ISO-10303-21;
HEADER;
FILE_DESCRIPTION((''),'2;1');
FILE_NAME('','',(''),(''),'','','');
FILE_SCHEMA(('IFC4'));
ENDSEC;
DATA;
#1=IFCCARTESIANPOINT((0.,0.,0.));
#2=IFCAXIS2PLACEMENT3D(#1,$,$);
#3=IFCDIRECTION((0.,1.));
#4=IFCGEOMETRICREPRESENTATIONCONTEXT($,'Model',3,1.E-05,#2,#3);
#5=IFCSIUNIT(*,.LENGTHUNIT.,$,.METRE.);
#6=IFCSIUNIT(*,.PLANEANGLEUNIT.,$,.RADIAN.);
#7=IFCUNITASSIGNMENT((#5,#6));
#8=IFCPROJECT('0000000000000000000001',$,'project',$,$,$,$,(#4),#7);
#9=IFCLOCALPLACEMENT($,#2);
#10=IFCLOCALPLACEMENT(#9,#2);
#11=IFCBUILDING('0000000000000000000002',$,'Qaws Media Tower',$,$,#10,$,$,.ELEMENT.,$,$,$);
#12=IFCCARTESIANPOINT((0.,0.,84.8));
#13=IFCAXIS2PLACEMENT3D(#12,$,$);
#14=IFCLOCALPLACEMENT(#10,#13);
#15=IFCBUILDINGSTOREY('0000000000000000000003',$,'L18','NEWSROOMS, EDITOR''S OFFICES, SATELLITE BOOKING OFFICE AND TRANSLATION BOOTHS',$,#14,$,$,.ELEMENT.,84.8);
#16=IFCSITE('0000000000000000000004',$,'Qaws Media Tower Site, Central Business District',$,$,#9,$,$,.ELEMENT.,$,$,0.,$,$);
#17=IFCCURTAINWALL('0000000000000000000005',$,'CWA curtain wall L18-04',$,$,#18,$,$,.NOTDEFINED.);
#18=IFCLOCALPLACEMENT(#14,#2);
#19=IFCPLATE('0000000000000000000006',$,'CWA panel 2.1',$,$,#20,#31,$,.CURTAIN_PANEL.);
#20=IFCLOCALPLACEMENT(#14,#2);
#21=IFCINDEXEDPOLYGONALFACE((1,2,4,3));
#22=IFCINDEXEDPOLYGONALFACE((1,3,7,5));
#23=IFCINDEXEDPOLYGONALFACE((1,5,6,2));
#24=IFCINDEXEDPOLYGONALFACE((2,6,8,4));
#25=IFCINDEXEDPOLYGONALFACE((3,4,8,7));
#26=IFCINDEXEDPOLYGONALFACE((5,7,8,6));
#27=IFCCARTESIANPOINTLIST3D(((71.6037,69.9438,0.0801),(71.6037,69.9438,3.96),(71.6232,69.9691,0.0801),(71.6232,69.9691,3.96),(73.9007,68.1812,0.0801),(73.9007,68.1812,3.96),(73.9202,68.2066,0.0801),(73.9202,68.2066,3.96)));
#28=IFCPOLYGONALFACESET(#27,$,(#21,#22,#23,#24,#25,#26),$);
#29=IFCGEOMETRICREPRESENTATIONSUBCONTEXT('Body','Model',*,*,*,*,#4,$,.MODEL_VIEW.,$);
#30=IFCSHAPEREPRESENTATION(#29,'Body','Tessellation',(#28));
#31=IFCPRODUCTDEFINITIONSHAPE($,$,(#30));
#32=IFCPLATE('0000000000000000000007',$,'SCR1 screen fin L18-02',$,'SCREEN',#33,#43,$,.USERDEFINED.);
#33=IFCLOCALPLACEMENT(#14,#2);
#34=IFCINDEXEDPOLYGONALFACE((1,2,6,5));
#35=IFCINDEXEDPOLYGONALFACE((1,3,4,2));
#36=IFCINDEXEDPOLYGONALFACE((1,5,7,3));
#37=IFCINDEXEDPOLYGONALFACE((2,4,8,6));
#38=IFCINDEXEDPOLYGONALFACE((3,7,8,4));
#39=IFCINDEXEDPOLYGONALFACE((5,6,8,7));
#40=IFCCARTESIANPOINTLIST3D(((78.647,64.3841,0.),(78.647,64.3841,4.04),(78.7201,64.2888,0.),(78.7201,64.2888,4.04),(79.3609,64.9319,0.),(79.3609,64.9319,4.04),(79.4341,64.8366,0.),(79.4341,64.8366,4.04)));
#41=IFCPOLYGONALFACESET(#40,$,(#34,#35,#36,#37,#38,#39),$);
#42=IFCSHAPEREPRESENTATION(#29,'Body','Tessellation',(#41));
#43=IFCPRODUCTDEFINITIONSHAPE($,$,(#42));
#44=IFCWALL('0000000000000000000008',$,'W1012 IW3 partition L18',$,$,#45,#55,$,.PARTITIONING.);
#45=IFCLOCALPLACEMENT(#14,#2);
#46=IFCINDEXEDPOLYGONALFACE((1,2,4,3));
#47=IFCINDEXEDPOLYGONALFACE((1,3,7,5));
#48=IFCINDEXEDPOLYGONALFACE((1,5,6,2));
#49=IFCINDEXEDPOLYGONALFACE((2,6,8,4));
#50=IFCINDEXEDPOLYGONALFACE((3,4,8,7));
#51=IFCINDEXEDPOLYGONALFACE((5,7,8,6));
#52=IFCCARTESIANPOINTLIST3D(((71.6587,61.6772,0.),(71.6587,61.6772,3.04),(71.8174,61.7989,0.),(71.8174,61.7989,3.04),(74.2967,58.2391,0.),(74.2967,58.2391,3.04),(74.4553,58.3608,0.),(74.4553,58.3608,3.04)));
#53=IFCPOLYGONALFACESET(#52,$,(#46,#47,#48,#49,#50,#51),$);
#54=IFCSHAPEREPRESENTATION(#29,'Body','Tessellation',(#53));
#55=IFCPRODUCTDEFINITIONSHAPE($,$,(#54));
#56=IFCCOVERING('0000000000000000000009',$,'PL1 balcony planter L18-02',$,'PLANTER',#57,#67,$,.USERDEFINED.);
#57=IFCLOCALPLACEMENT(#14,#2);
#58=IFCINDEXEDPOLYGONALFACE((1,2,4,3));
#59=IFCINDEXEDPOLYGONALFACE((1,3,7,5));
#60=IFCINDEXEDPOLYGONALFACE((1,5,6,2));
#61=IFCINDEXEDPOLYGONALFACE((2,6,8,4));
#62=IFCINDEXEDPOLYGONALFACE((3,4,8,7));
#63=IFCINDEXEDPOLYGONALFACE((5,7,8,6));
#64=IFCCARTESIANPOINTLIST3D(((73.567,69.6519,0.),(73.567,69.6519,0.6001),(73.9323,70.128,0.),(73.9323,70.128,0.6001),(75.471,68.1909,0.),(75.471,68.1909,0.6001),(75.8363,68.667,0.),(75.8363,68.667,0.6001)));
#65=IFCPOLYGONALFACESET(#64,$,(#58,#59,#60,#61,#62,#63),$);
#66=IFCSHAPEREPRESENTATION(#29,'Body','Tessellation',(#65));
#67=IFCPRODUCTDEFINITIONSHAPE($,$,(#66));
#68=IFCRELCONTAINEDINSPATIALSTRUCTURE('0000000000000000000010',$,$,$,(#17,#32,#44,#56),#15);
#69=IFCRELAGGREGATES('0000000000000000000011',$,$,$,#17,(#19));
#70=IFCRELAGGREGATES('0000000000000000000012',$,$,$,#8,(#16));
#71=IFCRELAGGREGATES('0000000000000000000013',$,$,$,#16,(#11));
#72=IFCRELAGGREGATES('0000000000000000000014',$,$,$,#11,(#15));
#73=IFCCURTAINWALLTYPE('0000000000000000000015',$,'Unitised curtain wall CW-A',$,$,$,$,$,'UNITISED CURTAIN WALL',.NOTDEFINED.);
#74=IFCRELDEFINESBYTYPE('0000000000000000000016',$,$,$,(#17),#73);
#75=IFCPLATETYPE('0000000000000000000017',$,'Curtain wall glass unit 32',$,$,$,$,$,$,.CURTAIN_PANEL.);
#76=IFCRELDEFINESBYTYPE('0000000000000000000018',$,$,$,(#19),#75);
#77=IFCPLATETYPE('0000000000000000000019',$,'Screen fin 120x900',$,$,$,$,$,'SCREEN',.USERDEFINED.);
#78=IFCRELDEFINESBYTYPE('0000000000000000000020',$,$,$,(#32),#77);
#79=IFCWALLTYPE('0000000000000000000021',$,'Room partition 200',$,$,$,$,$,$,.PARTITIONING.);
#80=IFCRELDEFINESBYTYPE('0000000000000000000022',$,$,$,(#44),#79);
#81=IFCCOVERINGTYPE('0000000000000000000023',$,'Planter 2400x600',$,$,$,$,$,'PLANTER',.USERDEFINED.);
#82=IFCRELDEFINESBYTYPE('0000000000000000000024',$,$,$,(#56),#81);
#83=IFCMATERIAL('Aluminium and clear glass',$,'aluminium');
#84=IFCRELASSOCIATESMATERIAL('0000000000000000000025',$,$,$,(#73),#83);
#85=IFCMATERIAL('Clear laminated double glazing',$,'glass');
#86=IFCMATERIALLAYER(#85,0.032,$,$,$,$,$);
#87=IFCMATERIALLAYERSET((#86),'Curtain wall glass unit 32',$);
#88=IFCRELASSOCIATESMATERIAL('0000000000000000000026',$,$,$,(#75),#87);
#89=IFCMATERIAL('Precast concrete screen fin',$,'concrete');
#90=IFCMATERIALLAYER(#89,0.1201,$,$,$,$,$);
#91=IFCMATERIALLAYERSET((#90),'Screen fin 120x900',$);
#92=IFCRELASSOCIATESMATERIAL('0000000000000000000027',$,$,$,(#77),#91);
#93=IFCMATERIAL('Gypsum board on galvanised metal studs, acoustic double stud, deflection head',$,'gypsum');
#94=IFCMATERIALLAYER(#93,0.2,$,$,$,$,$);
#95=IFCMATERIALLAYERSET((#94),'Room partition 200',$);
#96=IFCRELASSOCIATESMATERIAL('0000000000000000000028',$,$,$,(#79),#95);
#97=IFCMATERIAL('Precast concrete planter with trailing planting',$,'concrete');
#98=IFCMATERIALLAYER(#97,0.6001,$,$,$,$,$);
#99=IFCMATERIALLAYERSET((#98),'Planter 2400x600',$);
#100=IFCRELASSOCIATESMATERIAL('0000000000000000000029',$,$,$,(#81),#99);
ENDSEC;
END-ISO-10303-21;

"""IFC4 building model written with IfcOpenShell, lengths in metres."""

from ifc_helpers import new_model, si_unit, direction, frame, frame_2d, origin, origin_2d, place, context, subcontext, project, spatial, rectangle, extrude, material, layer, layer_set, type_object, element, aggregate, save


model = new_model("IFC4")

# Units and contexts
model_context = context("Model", 3, precision=1e-05, world=origin(), true_north=direction((0.0, 1.0)))
body_context = subcontext(model_context, "Body", "Model", "MODEL_VIEW")
ifc_project = project(units=[si_unit("LENGTHUNIT", "METRE"), si_unit("PLANEANGLEUNIT", "RADIAN")], contexts=[model_context])

# Site, building, storey
site_placement = place(None, origin())
site = spatial("IfcSite", under=ifc_project, at=site_placement, Name="Qaws Media Tower Site, Central Business District", CompositionType="ELEMENT", RefElevation=0.0)
building_placement = place(site_placement, origin())
building = spatial("IfcBuilding", under=site, at=building_placement, Name="Qaws Media Tower", CompositionType="ELEMENT")
storey_placement = place(building_placement, frame((0.0, 0.0, 84.8)))
storey = spatial("IfcBuildingStorey", under=building, at=storey_placement, Name="L18", Description="NEWSROOMS, EDITOR'S OFFICES, SATELLITE BOOKING OFFICE AND TRANSLATION BOOTHS", CompositionType="ELEMENT", Elevation=84.8)

# Shared definitions
ifc_material_1 = material(Name="Aluminium and clear glass", Category="aluminium")
curtain_wall_type = type_object("IfcCurtainWallType", Name="Unitised curtain wall CW-A", ElementType="UNITISED CURTAIN WALL", PredefinedType="NOTDEFINED", material=ifc_material_1)

# Curtain wall
curtain_wall_1_placement = place(storey_placement, origin())
curtain_wall_1 = element("IfcCurtainWall", 1, at=curtain_wall_1_placement, inside=storey, type_object=curtain_wall_type, Name="CWA curtain wall L18-04", PredefinedType="NOTDEFINED")

# Plates
ifc_material_2 = material(Name="Clear laminated double glazing", Category="glass")
ifc_layer_1 = layer(ifc_material_2, 0.032)
ifc_layer_set_1 = layer_set([ifc_layer_1], Name="Curtain wall glass unit 32")
plate_type_1 = type_object("IfcPlateType", Name="Curtain wall glass unit 32", PredefinedType="CURTAIN_PANEL", material=ifc_layer_set_1)
plate_1_placement = place(storey_placement, frame((72.762, 69.0752, 0.0801), z_axis=(0.0, 0.0, 1.0), x_axis=(-0.793353, 0.608761, 0.0)))
plate_1 = element("IfcPlate", 2, at=plate_1_placement, type_object=plate_type_1, Name="CWA panel 2.1", PredefinedType="CURTAIN_PANEL", context=body_context, shape_type="SweptSolid", body=[
    extrude(rectangle(XDim=2.8953, YDim=0.032, at=origin_2d()), origin(), (0.0, 0.0, 1.0), 3.8799),
])
aggregate(curtain_wall_1, [plate_1])
ifc_material_3 = material(Name="Precast concrete screen fin", Category="concrete")
ifc_layer_2 = layer(ifc_material_3, 0.1201)
ifc_layer_set_2 = layer_set([ifc_layer_2], Name="Screen fin 120x900")
plate_type_2 = type_object("IfcPlateType", Name="Screen fin 120x900", ElementType="SCREEN", PredefinedType="USERDEFINED", material=ifc_layer_set_2)
plate_2_placement = place(storey_placement, frame((79.0405, 64.6104, 0.0), z_axis=(0.0, 0.0, 1.0), x_axis=(0.793353, 0.608761, 0.0)))
element("IfcPlate", 3, at=plate_2_placement, inside=storey, type_object=plate_type_2, Name="SCR1 screen fin L18-02", ObjectType="SCREEN", PredefinedType="USERDEFINED", context=body_context, shape_type="SweptSolid", body=[
    extrude(rectangle(XDim=0.8999, YDim=0.1201, at=origin_2d()), origin(), (0.0, 0.0, 1.0), 4.04),
])

# Wall
ifc_material_4 = material(Name="Gypsum board on galvanised metal studs, acoustic double stud, deflection head", Category="gypsum")
ifc_layer_3 = layer(ifc_material_4, 0.2)
ifc_layer_set_3 = layer_set([ifc_layer_3], Name="Room partition 200")
wall_type = type_object("IfcWallType", Name="Room partition 200", PredefinedType="PARTITIONING", material=ifc_layer_set_3)
wall_placement = place(storey_placement, frame((71.738, 61.738, 0.0), z_axis=(0.0, 0.0, 1.0), x_axis=(0.608744, -0.793367, 0.0)))
element("IfcWall", 4, at=wall_placement, inside=storey, type_object=wall_type, Name="W1012 IW3 partition L18", PredefinedType="PARTITIONING", context=body_context, shape_type="SweptSolid", body=[
    extrude(rectangle(XDim=4.3335, YDim=0.2, at=frame_2d((2.1667, 0.0))), origin(), (0.0, 0.0, 1.0), 3.04),
])

# Covering
ifc_material_5 = material(Name="Precast concrete planter with trailing planting", Category="concrete")
ifc_layer_4 = layer(ifc_material_5, 0.6001)
ifc_layer_set_4 = layer_set([ifc_layer_4], Name="Planter 2400x600")
covering_type = type_object("IfcCoveringType", Name="Planter 2400x600", ElementType="PLANTER", PredefinedType="USERDEFINED", material=ifc_layer_set_4)
covering_placement = place(storey_placement, frame((74.7017, 69.1594, 0.0), z_axis=(0.0, 0.0, 1.0), x_axis=(-0.793353, 0.608761, 0.0)))
element("IfcCovering", 5, at=covering_placement, inside=storey, type_object=covering_type, Name="PL1 balcony planter L18-02", ObjectType="PLANTER", PredefinedType="USERDEFINED", context=body_context, shape_type="SweptSolid", body=[
    extrude(rectangle(XDim=2.3999, YDim=0.6001, at=origin_2d()), origin(), (0.0, 0.0, 1.0), 0.6001),
])

save(model, "model.ifc")
